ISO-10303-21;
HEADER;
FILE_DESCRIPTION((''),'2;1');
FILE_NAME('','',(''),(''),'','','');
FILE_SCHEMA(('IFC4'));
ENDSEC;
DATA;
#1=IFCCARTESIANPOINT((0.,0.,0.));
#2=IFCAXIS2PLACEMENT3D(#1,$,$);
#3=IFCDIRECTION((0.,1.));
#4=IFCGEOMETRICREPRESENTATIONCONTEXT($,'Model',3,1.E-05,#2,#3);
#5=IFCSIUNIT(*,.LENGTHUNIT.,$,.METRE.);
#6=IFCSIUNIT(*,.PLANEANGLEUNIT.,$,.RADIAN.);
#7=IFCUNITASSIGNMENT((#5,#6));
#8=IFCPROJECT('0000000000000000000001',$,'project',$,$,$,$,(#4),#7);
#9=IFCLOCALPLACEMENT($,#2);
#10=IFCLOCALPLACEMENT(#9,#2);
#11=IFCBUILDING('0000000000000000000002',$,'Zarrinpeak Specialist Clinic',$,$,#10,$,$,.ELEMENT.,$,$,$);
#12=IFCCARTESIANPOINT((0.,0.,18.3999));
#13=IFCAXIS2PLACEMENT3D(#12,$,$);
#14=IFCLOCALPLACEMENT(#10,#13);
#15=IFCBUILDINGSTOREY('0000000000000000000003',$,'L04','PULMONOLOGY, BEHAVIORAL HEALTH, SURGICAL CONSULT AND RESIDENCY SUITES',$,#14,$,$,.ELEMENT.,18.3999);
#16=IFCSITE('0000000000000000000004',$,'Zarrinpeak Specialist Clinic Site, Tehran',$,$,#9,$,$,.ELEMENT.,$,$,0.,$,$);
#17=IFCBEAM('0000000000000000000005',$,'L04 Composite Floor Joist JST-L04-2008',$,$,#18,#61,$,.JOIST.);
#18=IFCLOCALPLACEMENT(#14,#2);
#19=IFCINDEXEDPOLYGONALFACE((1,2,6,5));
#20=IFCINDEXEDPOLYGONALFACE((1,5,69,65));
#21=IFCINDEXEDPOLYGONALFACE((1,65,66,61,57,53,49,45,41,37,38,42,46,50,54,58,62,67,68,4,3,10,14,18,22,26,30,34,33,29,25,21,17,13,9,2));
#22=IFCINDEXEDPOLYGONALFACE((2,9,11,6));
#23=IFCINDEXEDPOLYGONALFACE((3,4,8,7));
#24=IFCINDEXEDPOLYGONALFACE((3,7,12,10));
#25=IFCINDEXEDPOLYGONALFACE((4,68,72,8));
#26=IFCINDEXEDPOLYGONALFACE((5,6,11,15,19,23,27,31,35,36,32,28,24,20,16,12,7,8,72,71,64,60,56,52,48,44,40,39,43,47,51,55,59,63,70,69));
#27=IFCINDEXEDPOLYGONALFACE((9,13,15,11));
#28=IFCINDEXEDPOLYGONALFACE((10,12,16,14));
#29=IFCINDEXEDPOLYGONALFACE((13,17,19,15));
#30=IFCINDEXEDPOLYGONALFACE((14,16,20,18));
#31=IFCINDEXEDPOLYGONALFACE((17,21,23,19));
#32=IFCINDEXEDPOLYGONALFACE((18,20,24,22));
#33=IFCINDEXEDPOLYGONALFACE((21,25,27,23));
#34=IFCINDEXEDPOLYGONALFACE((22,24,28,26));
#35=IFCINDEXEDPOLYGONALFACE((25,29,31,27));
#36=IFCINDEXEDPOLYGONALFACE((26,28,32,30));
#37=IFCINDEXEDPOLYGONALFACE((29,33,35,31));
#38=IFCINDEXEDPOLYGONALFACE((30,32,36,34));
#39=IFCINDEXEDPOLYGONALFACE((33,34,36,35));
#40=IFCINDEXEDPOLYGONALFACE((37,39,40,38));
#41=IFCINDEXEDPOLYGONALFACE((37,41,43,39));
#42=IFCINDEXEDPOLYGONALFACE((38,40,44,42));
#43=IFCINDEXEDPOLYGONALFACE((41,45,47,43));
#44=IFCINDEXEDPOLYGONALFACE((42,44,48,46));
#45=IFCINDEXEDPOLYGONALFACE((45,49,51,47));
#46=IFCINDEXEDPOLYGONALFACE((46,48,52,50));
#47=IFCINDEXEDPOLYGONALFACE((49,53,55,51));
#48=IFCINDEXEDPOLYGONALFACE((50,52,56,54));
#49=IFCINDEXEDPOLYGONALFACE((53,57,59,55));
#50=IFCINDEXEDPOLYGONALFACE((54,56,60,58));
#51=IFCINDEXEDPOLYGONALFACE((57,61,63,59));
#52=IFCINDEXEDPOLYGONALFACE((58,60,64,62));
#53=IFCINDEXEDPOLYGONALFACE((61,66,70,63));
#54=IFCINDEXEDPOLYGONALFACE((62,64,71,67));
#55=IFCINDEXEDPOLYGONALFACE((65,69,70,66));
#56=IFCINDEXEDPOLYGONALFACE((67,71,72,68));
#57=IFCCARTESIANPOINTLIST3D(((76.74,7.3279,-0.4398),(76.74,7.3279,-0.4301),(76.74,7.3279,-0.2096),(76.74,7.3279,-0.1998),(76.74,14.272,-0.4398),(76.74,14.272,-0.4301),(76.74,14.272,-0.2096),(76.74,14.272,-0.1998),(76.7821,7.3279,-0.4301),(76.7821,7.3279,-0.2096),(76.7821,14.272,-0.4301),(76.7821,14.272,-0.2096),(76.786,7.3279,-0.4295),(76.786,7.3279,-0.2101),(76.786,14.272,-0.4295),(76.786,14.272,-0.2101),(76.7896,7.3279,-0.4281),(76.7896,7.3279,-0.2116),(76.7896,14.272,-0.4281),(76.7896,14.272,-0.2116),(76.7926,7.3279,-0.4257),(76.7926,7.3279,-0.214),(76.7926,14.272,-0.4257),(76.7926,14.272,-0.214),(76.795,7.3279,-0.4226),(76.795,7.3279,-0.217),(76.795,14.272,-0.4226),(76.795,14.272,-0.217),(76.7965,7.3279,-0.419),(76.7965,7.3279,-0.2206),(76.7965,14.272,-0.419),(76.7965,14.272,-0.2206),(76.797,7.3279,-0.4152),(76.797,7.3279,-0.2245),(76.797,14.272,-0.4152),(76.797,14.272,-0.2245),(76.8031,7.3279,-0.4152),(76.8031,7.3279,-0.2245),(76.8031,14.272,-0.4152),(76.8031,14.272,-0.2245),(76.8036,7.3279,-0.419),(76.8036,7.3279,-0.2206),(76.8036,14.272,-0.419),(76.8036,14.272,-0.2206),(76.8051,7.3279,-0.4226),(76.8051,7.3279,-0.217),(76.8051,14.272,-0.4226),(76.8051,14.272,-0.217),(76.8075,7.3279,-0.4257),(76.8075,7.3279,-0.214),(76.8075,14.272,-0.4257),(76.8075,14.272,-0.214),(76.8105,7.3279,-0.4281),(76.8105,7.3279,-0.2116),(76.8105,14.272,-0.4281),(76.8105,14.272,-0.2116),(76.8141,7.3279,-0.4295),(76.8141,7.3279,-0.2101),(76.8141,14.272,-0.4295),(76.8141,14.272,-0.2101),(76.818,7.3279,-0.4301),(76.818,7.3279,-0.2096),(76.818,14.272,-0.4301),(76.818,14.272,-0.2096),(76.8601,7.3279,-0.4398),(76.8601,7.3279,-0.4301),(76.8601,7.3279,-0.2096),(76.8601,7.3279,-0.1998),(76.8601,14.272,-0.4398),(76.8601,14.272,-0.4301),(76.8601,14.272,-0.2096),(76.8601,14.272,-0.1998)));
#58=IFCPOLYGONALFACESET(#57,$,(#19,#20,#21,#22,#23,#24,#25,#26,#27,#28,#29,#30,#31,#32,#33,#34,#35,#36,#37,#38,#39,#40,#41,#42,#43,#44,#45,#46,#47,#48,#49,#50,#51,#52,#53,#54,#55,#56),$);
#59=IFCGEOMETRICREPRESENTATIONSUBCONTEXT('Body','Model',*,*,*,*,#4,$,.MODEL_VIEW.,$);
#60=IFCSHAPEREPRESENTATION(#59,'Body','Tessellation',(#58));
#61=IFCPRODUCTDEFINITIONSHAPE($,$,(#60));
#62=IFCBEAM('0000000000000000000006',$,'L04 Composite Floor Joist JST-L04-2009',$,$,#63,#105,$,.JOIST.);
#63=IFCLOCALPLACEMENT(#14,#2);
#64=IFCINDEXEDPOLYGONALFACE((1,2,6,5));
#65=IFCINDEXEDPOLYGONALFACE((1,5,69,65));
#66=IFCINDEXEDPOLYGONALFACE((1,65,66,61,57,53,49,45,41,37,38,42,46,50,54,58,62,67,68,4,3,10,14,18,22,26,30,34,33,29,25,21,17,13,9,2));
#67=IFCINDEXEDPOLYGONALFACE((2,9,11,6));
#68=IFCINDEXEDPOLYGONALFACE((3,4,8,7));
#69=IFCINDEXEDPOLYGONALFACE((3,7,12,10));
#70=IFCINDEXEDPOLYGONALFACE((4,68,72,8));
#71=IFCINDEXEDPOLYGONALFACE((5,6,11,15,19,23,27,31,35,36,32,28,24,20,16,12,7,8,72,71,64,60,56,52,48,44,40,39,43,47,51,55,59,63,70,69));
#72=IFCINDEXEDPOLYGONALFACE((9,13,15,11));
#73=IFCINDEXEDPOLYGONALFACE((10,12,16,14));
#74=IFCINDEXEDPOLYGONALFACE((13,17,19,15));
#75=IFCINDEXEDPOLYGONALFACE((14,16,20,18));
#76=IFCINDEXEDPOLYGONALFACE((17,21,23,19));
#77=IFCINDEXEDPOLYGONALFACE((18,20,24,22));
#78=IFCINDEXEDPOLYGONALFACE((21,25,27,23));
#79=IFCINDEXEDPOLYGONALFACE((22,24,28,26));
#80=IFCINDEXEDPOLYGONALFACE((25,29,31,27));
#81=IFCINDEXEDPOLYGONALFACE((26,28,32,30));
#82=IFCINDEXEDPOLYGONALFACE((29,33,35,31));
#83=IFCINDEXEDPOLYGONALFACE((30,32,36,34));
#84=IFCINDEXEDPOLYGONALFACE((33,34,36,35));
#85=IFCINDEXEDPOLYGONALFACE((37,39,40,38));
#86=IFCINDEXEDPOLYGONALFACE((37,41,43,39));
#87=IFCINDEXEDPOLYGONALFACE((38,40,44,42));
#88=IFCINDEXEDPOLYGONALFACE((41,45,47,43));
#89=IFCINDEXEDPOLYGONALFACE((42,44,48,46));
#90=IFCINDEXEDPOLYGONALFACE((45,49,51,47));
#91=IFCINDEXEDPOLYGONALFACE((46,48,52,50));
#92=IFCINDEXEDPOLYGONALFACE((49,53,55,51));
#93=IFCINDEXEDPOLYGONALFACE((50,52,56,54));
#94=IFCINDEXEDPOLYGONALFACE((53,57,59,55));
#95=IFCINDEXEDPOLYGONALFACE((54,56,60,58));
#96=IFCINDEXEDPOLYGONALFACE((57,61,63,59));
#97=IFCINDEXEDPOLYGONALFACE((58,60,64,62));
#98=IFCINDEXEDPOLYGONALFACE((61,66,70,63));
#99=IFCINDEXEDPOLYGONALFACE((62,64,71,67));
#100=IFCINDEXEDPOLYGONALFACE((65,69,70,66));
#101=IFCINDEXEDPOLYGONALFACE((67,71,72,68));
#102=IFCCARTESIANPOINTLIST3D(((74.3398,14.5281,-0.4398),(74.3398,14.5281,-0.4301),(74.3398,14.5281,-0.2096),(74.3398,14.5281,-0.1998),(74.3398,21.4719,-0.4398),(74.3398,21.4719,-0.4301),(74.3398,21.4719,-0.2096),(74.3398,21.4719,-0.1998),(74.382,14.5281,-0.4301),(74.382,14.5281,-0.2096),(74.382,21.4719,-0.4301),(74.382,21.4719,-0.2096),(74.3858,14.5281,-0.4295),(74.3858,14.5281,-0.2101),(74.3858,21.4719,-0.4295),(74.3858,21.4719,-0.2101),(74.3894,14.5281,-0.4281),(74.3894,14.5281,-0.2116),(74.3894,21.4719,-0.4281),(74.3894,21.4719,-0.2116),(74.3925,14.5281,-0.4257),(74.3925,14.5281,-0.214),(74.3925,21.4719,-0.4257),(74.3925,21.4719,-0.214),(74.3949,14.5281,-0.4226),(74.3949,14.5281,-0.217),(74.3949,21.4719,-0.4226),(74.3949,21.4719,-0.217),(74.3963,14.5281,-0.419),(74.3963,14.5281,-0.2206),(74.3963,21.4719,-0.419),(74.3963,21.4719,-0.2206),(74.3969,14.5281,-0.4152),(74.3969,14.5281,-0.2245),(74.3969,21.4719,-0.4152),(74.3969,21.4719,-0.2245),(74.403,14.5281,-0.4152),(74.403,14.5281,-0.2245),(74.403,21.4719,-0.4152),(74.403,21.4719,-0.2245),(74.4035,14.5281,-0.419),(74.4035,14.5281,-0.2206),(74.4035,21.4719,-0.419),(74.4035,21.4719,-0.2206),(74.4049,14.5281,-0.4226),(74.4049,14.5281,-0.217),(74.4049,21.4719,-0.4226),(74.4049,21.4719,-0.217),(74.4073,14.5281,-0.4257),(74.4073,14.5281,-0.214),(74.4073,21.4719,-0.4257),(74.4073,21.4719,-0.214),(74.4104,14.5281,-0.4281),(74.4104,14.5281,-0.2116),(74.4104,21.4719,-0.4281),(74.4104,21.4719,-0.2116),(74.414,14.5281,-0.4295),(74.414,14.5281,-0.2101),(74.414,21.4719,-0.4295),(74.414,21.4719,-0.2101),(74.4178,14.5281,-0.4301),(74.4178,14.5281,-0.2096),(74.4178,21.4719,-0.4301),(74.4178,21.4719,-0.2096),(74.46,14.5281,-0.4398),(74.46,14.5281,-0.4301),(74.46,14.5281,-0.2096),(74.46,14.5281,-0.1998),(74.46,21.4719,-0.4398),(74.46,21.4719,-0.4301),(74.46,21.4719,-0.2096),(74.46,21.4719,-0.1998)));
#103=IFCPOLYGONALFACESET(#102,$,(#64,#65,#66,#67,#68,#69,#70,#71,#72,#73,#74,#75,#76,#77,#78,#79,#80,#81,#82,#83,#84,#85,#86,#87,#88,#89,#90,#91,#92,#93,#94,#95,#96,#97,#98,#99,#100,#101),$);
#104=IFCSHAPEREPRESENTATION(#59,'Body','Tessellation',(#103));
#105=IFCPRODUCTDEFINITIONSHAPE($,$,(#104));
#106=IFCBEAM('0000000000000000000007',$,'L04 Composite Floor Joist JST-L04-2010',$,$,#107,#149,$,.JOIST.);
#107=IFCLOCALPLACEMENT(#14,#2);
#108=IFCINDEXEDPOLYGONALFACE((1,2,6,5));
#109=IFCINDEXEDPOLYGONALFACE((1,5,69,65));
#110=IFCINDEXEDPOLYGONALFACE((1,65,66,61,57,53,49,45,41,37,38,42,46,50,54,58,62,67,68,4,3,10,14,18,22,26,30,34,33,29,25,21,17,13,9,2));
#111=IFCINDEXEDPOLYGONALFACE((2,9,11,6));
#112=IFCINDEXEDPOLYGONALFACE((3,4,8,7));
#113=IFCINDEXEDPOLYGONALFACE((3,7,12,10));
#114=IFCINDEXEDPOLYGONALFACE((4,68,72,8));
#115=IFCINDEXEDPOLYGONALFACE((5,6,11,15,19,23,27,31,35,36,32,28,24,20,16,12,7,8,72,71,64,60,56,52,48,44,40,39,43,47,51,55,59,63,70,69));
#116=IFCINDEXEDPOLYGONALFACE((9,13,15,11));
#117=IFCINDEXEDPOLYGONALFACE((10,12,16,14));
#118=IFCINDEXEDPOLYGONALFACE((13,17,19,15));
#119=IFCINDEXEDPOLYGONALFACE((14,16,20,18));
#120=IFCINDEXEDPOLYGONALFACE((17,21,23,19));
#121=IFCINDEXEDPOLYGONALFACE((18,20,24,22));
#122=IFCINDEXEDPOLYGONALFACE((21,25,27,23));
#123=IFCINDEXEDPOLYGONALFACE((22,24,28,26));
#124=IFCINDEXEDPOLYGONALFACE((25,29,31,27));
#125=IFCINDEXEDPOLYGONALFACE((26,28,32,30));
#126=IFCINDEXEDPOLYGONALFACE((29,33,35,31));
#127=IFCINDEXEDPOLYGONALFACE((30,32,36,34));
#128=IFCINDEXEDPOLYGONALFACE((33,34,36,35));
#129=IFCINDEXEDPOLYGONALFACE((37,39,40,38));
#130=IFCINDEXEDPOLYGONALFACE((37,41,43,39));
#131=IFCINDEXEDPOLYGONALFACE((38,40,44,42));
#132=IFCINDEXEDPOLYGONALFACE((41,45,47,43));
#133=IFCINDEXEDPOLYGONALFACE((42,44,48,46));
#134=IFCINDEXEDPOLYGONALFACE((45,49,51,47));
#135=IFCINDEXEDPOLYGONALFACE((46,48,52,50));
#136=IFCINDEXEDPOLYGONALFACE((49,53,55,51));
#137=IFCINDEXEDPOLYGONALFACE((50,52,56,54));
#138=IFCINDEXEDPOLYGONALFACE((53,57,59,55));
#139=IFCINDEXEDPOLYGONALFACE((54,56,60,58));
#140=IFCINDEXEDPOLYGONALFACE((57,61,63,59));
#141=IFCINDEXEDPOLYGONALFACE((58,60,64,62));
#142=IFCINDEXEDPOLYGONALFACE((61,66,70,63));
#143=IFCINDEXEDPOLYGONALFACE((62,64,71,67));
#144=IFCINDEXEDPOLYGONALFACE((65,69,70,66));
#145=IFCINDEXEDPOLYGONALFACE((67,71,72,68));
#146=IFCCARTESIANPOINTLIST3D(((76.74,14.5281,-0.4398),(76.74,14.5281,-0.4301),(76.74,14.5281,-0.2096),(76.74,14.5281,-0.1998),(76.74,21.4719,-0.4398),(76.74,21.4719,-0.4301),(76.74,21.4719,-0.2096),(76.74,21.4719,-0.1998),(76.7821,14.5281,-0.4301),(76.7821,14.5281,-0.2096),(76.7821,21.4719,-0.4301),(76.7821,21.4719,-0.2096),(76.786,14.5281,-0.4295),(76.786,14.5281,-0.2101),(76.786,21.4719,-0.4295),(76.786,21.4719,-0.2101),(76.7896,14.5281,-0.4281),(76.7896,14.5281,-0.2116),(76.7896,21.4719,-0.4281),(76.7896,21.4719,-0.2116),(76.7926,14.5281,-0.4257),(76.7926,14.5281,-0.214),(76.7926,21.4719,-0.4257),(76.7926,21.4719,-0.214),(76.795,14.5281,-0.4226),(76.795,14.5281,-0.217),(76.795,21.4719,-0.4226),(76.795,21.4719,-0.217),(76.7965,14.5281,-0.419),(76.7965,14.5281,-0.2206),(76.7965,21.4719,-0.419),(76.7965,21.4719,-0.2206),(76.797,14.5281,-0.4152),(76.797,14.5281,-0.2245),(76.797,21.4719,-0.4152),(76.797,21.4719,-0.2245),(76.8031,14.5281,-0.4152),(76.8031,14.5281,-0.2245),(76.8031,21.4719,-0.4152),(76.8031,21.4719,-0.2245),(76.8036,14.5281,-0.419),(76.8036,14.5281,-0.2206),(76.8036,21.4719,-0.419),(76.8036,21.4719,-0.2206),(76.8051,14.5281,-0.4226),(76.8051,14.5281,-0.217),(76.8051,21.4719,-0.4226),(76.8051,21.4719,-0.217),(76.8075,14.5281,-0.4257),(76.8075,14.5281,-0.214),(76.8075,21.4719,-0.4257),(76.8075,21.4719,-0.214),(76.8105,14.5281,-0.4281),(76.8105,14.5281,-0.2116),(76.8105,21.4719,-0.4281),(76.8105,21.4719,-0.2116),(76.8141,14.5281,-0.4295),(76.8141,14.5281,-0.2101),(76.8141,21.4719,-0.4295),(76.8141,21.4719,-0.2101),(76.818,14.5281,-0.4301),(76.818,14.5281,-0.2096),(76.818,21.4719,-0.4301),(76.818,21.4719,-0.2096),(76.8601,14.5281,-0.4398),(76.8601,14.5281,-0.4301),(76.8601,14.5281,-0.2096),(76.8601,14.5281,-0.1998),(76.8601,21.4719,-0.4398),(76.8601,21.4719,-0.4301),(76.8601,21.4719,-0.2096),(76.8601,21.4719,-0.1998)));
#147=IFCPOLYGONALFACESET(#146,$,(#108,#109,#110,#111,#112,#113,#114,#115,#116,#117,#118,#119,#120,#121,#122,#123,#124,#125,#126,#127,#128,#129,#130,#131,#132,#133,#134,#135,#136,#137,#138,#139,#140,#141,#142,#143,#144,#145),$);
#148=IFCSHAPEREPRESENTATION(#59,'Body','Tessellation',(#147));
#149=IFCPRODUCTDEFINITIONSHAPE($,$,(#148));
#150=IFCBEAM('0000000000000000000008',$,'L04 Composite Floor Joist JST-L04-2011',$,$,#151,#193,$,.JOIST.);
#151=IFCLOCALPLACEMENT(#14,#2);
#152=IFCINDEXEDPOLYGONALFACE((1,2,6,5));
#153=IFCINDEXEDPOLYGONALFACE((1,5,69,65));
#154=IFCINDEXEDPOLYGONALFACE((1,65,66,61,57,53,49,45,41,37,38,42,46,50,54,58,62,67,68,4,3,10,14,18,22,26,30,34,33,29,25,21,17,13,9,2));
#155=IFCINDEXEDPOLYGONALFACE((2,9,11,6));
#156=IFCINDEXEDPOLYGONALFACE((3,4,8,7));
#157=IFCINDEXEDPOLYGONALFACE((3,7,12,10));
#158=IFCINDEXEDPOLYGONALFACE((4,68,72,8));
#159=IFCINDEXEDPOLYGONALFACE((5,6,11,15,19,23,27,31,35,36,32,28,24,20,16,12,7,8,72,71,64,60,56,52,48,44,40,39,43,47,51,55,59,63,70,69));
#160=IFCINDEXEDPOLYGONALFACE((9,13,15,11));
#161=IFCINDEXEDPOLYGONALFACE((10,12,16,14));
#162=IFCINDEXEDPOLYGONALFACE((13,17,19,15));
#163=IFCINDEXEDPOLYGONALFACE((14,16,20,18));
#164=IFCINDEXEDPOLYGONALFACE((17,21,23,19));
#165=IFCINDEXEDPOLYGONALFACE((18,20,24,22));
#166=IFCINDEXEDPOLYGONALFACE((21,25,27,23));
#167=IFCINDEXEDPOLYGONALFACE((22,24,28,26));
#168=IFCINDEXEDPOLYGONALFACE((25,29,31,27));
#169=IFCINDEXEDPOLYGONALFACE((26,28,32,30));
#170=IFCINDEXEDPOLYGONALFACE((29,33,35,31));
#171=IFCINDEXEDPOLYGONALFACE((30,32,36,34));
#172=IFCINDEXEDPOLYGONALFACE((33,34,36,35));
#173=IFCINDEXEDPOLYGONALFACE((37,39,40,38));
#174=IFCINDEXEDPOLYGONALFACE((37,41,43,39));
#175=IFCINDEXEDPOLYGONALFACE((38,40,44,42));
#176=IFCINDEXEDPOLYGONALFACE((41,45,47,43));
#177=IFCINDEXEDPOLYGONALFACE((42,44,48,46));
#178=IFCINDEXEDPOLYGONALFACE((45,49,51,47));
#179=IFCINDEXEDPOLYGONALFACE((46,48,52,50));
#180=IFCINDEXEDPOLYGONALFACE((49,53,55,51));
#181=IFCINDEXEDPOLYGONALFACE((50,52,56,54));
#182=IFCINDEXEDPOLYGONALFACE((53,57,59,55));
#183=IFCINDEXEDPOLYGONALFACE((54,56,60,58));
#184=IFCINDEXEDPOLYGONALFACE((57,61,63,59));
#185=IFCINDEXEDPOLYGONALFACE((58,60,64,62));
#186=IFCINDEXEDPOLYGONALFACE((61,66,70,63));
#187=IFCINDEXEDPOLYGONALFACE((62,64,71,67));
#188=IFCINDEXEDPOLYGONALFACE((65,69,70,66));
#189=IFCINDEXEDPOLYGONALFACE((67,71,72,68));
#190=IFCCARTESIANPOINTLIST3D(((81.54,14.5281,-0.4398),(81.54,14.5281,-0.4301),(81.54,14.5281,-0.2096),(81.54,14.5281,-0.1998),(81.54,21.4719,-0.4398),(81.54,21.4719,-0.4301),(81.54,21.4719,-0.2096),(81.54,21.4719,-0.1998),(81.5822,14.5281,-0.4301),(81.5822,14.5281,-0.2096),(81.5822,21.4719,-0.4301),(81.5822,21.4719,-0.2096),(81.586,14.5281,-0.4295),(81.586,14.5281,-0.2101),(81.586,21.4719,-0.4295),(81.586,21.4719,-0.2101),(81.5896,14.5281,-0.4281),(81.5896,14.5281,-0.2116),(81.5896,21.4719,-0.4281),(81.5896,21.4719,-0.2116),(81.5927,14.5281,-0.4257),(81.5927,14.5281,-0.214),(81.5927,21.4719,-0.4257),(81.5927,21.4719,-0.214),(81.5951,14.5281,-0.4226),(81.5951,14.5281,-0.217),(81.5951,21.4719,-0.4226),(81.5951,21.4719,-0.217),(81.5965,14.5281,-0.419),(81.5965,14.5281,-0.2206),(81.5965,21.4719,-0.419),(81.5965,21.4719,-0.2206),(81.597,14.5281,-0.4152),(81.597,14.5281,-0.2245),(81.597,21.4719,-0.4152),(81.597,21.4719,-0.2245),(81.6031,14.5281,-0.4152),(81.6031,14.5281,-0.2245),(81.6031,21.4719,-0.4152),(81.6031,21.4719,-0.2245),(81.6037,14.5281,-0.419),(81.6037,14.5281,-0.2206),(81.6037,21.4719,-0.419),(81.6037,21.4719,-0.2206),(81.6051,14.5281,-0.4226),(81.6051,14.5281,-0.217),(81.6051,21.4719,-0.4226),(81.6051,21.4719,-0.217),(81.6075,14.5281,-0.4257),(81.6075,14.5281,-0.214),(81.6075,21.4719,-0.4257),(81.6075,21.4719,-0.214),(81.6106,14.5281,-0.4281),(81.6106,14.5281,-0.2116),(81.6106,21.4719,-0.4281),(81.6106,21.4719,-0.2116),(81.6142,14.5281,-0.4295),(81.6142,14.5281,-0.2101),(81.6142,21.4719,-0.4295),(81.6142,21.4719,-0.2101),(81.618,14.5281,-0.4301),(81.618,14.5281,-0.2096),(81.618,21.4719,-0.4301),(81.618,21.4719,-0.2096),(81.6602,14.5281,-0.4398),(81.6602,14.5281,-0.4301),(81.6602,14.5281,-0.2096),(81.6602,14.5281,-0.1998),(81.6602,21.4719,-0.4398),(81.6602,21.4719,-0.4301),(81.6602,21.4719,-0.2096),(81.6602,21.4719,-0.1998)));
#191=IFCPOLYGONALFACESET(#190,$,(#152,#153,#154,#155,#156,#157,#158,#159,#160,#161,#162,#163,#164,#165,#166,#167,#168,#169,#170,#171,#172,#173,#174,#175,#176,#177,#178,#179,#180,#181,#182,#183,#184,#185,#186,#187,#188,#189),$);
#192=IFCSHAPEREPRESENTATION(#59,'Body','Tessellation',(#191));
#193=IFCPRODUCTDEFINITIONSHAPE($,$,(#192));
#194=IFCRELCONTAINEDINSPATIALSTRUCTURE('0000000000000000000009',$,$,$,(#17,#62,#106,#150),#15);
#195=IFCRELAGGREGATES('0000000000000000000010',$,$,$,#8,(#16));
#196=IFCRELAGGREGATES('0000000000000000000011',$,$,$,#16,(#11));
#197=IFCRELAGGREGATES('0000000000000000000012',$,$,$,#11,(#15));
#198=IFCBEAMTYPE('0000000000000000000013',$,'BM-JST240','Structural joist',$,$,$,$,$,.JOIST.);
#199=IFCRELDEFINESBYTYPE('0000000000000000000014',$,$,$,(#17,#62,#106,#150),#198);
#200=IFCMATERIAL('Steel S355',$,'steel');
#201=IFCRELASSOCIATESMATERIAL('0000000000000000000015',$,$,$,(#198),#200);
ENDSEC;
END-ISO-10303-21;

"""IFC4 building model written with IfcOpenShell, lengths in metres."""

from ifc_helpers import new_model, si_unit, direction, frame, origin, origin_2d, place, context, subcontext, project, spatial, i_section, extrude, material, material_profile, profile_set, type_object, element, save


model = new_model("IFC4")

# Units and contexts
model_context = context("Model", 3, precision=1e-05, world=origin(), true_north=direction((0.0, 1.0)))
body_context = subcontext(model_context, "Body", "Model", "MODEL_VIEW")
ifc_project = project(units=[si_unit("LENGTHUNIT", "METRE"), si_unit("PLANEANGLEUNIT", "RADIAN")], contexts=[model_context])

# Site, building, storey
site_placement = place(None, origin())
site = spatial("IfcSite", under=ifc_project, at=site_placement, Name="Zarrinpeak Specialist Clinic Site, Tehran", CompositionType="ELEMENT", RefElevation=0.0)
building_placement = place(site_placement, origin())
building = spatial("IfcBuilding", under=site, at=building_placement, Name="Zarrinpeak Specialist Clinic", CompositionType="ELEMENT")
storey_placement = place(building_placement, frame((0.0, 0.0, 18.3999)))
storey = spatial("IfcBuildingStorey", under=building, at=storey_placement, Name="L04", Description="PULMONOLOGY, BEHAVIORAL HEALTH, SURGICAL CONSULT AND RESIDENCY SUITES", CompositionType="ELEMENT", Elevation=18.3999)

# Shared definitions
ifc_material_1 = material(Name="Steel S355", Category="steel")

# Beams
ifc_material_profile_1 = material_profile(ifc_material_1, i_section(OverallWidth=0.1201, OverallDepth=0.24, WebThickness=0.0061, FlangeThickness=0.0098, FilletRadius=0.0149, at=origin_2d()), Name="IPE 240")
ifc_profile_set_1 = profile_set([ifc_material_profile_1], Name="Steel S355")
beam_type_1 = type_object("IfcBeamType", Name="BM-JST240", Description="Structural joist", PredefinedType="JOIST", material=ifc_profile_set_1)
beam_1_placement = place(storey_placement, frame((76.8, 7.3279, -0.3198), z_axis=(0.0, 1.0, 0.0), x_axis=(-1.0, 0.0, 0.0)))
element("IfcBeam", 1, at=beam_1_placement, inside=storey, type_object=beam_type_1, Name="L04 Composite Floor Joist JST-L04-2008", PredefinedType="JOIST", context=body_context, shape_type="SweptSolid", body=[
    extrude(i_section(OverallWidth=0.1201, OverallDepth=0.24, WebThickness=0.0061, FlangeThickness=0.0098, FilletRadius=0.0149, at=origin_2d()), origin(), (0.0, 0.0, 1.0), 6.9441),
])
for number, where, z_axis, x_axis, name in (
    (2, (74.3999, 14.5281, -0.3198), (0.0, 1.0, 0.0), (-1.0, 0.0, 0.0), "L04 Composite Floor Joist JST-L04-2009"),
    (3, (76.8, 14.5281, -0.3198), (0.0, 1.0, 0.0), (-1.0, 0.0, 0.0), "L04 Composite Floor Joist JST-L04-2010"),
    (4, (81.6001, 14.5281, -0.3198), (0.0, 1.0, 0.0), (-1.0, 0.0, 0.0), "L04 Composite Floor Joist JST-L04-2011"),
):
    element("IfcBeam", number, at=place(storey_placement, frame(where, z_axis=z_axis, x_axis=x_axis)), inside=storey, type_object=beam_type_1, Name=name, PredefinedType="JOIST", context=body_context, shape_type="SweptSolid", body=[
        extrude(i_section(OverallWidth=0.1201, OverallDepth=0.24, WebThickness=0.0061, FlangeThickness=0.0098, FilletRadius=0.0149, at=origin_2d()), origin(), (0.0, 0.0, 1.0), 6.9438),
    ])

save(model, "model.ifc")
